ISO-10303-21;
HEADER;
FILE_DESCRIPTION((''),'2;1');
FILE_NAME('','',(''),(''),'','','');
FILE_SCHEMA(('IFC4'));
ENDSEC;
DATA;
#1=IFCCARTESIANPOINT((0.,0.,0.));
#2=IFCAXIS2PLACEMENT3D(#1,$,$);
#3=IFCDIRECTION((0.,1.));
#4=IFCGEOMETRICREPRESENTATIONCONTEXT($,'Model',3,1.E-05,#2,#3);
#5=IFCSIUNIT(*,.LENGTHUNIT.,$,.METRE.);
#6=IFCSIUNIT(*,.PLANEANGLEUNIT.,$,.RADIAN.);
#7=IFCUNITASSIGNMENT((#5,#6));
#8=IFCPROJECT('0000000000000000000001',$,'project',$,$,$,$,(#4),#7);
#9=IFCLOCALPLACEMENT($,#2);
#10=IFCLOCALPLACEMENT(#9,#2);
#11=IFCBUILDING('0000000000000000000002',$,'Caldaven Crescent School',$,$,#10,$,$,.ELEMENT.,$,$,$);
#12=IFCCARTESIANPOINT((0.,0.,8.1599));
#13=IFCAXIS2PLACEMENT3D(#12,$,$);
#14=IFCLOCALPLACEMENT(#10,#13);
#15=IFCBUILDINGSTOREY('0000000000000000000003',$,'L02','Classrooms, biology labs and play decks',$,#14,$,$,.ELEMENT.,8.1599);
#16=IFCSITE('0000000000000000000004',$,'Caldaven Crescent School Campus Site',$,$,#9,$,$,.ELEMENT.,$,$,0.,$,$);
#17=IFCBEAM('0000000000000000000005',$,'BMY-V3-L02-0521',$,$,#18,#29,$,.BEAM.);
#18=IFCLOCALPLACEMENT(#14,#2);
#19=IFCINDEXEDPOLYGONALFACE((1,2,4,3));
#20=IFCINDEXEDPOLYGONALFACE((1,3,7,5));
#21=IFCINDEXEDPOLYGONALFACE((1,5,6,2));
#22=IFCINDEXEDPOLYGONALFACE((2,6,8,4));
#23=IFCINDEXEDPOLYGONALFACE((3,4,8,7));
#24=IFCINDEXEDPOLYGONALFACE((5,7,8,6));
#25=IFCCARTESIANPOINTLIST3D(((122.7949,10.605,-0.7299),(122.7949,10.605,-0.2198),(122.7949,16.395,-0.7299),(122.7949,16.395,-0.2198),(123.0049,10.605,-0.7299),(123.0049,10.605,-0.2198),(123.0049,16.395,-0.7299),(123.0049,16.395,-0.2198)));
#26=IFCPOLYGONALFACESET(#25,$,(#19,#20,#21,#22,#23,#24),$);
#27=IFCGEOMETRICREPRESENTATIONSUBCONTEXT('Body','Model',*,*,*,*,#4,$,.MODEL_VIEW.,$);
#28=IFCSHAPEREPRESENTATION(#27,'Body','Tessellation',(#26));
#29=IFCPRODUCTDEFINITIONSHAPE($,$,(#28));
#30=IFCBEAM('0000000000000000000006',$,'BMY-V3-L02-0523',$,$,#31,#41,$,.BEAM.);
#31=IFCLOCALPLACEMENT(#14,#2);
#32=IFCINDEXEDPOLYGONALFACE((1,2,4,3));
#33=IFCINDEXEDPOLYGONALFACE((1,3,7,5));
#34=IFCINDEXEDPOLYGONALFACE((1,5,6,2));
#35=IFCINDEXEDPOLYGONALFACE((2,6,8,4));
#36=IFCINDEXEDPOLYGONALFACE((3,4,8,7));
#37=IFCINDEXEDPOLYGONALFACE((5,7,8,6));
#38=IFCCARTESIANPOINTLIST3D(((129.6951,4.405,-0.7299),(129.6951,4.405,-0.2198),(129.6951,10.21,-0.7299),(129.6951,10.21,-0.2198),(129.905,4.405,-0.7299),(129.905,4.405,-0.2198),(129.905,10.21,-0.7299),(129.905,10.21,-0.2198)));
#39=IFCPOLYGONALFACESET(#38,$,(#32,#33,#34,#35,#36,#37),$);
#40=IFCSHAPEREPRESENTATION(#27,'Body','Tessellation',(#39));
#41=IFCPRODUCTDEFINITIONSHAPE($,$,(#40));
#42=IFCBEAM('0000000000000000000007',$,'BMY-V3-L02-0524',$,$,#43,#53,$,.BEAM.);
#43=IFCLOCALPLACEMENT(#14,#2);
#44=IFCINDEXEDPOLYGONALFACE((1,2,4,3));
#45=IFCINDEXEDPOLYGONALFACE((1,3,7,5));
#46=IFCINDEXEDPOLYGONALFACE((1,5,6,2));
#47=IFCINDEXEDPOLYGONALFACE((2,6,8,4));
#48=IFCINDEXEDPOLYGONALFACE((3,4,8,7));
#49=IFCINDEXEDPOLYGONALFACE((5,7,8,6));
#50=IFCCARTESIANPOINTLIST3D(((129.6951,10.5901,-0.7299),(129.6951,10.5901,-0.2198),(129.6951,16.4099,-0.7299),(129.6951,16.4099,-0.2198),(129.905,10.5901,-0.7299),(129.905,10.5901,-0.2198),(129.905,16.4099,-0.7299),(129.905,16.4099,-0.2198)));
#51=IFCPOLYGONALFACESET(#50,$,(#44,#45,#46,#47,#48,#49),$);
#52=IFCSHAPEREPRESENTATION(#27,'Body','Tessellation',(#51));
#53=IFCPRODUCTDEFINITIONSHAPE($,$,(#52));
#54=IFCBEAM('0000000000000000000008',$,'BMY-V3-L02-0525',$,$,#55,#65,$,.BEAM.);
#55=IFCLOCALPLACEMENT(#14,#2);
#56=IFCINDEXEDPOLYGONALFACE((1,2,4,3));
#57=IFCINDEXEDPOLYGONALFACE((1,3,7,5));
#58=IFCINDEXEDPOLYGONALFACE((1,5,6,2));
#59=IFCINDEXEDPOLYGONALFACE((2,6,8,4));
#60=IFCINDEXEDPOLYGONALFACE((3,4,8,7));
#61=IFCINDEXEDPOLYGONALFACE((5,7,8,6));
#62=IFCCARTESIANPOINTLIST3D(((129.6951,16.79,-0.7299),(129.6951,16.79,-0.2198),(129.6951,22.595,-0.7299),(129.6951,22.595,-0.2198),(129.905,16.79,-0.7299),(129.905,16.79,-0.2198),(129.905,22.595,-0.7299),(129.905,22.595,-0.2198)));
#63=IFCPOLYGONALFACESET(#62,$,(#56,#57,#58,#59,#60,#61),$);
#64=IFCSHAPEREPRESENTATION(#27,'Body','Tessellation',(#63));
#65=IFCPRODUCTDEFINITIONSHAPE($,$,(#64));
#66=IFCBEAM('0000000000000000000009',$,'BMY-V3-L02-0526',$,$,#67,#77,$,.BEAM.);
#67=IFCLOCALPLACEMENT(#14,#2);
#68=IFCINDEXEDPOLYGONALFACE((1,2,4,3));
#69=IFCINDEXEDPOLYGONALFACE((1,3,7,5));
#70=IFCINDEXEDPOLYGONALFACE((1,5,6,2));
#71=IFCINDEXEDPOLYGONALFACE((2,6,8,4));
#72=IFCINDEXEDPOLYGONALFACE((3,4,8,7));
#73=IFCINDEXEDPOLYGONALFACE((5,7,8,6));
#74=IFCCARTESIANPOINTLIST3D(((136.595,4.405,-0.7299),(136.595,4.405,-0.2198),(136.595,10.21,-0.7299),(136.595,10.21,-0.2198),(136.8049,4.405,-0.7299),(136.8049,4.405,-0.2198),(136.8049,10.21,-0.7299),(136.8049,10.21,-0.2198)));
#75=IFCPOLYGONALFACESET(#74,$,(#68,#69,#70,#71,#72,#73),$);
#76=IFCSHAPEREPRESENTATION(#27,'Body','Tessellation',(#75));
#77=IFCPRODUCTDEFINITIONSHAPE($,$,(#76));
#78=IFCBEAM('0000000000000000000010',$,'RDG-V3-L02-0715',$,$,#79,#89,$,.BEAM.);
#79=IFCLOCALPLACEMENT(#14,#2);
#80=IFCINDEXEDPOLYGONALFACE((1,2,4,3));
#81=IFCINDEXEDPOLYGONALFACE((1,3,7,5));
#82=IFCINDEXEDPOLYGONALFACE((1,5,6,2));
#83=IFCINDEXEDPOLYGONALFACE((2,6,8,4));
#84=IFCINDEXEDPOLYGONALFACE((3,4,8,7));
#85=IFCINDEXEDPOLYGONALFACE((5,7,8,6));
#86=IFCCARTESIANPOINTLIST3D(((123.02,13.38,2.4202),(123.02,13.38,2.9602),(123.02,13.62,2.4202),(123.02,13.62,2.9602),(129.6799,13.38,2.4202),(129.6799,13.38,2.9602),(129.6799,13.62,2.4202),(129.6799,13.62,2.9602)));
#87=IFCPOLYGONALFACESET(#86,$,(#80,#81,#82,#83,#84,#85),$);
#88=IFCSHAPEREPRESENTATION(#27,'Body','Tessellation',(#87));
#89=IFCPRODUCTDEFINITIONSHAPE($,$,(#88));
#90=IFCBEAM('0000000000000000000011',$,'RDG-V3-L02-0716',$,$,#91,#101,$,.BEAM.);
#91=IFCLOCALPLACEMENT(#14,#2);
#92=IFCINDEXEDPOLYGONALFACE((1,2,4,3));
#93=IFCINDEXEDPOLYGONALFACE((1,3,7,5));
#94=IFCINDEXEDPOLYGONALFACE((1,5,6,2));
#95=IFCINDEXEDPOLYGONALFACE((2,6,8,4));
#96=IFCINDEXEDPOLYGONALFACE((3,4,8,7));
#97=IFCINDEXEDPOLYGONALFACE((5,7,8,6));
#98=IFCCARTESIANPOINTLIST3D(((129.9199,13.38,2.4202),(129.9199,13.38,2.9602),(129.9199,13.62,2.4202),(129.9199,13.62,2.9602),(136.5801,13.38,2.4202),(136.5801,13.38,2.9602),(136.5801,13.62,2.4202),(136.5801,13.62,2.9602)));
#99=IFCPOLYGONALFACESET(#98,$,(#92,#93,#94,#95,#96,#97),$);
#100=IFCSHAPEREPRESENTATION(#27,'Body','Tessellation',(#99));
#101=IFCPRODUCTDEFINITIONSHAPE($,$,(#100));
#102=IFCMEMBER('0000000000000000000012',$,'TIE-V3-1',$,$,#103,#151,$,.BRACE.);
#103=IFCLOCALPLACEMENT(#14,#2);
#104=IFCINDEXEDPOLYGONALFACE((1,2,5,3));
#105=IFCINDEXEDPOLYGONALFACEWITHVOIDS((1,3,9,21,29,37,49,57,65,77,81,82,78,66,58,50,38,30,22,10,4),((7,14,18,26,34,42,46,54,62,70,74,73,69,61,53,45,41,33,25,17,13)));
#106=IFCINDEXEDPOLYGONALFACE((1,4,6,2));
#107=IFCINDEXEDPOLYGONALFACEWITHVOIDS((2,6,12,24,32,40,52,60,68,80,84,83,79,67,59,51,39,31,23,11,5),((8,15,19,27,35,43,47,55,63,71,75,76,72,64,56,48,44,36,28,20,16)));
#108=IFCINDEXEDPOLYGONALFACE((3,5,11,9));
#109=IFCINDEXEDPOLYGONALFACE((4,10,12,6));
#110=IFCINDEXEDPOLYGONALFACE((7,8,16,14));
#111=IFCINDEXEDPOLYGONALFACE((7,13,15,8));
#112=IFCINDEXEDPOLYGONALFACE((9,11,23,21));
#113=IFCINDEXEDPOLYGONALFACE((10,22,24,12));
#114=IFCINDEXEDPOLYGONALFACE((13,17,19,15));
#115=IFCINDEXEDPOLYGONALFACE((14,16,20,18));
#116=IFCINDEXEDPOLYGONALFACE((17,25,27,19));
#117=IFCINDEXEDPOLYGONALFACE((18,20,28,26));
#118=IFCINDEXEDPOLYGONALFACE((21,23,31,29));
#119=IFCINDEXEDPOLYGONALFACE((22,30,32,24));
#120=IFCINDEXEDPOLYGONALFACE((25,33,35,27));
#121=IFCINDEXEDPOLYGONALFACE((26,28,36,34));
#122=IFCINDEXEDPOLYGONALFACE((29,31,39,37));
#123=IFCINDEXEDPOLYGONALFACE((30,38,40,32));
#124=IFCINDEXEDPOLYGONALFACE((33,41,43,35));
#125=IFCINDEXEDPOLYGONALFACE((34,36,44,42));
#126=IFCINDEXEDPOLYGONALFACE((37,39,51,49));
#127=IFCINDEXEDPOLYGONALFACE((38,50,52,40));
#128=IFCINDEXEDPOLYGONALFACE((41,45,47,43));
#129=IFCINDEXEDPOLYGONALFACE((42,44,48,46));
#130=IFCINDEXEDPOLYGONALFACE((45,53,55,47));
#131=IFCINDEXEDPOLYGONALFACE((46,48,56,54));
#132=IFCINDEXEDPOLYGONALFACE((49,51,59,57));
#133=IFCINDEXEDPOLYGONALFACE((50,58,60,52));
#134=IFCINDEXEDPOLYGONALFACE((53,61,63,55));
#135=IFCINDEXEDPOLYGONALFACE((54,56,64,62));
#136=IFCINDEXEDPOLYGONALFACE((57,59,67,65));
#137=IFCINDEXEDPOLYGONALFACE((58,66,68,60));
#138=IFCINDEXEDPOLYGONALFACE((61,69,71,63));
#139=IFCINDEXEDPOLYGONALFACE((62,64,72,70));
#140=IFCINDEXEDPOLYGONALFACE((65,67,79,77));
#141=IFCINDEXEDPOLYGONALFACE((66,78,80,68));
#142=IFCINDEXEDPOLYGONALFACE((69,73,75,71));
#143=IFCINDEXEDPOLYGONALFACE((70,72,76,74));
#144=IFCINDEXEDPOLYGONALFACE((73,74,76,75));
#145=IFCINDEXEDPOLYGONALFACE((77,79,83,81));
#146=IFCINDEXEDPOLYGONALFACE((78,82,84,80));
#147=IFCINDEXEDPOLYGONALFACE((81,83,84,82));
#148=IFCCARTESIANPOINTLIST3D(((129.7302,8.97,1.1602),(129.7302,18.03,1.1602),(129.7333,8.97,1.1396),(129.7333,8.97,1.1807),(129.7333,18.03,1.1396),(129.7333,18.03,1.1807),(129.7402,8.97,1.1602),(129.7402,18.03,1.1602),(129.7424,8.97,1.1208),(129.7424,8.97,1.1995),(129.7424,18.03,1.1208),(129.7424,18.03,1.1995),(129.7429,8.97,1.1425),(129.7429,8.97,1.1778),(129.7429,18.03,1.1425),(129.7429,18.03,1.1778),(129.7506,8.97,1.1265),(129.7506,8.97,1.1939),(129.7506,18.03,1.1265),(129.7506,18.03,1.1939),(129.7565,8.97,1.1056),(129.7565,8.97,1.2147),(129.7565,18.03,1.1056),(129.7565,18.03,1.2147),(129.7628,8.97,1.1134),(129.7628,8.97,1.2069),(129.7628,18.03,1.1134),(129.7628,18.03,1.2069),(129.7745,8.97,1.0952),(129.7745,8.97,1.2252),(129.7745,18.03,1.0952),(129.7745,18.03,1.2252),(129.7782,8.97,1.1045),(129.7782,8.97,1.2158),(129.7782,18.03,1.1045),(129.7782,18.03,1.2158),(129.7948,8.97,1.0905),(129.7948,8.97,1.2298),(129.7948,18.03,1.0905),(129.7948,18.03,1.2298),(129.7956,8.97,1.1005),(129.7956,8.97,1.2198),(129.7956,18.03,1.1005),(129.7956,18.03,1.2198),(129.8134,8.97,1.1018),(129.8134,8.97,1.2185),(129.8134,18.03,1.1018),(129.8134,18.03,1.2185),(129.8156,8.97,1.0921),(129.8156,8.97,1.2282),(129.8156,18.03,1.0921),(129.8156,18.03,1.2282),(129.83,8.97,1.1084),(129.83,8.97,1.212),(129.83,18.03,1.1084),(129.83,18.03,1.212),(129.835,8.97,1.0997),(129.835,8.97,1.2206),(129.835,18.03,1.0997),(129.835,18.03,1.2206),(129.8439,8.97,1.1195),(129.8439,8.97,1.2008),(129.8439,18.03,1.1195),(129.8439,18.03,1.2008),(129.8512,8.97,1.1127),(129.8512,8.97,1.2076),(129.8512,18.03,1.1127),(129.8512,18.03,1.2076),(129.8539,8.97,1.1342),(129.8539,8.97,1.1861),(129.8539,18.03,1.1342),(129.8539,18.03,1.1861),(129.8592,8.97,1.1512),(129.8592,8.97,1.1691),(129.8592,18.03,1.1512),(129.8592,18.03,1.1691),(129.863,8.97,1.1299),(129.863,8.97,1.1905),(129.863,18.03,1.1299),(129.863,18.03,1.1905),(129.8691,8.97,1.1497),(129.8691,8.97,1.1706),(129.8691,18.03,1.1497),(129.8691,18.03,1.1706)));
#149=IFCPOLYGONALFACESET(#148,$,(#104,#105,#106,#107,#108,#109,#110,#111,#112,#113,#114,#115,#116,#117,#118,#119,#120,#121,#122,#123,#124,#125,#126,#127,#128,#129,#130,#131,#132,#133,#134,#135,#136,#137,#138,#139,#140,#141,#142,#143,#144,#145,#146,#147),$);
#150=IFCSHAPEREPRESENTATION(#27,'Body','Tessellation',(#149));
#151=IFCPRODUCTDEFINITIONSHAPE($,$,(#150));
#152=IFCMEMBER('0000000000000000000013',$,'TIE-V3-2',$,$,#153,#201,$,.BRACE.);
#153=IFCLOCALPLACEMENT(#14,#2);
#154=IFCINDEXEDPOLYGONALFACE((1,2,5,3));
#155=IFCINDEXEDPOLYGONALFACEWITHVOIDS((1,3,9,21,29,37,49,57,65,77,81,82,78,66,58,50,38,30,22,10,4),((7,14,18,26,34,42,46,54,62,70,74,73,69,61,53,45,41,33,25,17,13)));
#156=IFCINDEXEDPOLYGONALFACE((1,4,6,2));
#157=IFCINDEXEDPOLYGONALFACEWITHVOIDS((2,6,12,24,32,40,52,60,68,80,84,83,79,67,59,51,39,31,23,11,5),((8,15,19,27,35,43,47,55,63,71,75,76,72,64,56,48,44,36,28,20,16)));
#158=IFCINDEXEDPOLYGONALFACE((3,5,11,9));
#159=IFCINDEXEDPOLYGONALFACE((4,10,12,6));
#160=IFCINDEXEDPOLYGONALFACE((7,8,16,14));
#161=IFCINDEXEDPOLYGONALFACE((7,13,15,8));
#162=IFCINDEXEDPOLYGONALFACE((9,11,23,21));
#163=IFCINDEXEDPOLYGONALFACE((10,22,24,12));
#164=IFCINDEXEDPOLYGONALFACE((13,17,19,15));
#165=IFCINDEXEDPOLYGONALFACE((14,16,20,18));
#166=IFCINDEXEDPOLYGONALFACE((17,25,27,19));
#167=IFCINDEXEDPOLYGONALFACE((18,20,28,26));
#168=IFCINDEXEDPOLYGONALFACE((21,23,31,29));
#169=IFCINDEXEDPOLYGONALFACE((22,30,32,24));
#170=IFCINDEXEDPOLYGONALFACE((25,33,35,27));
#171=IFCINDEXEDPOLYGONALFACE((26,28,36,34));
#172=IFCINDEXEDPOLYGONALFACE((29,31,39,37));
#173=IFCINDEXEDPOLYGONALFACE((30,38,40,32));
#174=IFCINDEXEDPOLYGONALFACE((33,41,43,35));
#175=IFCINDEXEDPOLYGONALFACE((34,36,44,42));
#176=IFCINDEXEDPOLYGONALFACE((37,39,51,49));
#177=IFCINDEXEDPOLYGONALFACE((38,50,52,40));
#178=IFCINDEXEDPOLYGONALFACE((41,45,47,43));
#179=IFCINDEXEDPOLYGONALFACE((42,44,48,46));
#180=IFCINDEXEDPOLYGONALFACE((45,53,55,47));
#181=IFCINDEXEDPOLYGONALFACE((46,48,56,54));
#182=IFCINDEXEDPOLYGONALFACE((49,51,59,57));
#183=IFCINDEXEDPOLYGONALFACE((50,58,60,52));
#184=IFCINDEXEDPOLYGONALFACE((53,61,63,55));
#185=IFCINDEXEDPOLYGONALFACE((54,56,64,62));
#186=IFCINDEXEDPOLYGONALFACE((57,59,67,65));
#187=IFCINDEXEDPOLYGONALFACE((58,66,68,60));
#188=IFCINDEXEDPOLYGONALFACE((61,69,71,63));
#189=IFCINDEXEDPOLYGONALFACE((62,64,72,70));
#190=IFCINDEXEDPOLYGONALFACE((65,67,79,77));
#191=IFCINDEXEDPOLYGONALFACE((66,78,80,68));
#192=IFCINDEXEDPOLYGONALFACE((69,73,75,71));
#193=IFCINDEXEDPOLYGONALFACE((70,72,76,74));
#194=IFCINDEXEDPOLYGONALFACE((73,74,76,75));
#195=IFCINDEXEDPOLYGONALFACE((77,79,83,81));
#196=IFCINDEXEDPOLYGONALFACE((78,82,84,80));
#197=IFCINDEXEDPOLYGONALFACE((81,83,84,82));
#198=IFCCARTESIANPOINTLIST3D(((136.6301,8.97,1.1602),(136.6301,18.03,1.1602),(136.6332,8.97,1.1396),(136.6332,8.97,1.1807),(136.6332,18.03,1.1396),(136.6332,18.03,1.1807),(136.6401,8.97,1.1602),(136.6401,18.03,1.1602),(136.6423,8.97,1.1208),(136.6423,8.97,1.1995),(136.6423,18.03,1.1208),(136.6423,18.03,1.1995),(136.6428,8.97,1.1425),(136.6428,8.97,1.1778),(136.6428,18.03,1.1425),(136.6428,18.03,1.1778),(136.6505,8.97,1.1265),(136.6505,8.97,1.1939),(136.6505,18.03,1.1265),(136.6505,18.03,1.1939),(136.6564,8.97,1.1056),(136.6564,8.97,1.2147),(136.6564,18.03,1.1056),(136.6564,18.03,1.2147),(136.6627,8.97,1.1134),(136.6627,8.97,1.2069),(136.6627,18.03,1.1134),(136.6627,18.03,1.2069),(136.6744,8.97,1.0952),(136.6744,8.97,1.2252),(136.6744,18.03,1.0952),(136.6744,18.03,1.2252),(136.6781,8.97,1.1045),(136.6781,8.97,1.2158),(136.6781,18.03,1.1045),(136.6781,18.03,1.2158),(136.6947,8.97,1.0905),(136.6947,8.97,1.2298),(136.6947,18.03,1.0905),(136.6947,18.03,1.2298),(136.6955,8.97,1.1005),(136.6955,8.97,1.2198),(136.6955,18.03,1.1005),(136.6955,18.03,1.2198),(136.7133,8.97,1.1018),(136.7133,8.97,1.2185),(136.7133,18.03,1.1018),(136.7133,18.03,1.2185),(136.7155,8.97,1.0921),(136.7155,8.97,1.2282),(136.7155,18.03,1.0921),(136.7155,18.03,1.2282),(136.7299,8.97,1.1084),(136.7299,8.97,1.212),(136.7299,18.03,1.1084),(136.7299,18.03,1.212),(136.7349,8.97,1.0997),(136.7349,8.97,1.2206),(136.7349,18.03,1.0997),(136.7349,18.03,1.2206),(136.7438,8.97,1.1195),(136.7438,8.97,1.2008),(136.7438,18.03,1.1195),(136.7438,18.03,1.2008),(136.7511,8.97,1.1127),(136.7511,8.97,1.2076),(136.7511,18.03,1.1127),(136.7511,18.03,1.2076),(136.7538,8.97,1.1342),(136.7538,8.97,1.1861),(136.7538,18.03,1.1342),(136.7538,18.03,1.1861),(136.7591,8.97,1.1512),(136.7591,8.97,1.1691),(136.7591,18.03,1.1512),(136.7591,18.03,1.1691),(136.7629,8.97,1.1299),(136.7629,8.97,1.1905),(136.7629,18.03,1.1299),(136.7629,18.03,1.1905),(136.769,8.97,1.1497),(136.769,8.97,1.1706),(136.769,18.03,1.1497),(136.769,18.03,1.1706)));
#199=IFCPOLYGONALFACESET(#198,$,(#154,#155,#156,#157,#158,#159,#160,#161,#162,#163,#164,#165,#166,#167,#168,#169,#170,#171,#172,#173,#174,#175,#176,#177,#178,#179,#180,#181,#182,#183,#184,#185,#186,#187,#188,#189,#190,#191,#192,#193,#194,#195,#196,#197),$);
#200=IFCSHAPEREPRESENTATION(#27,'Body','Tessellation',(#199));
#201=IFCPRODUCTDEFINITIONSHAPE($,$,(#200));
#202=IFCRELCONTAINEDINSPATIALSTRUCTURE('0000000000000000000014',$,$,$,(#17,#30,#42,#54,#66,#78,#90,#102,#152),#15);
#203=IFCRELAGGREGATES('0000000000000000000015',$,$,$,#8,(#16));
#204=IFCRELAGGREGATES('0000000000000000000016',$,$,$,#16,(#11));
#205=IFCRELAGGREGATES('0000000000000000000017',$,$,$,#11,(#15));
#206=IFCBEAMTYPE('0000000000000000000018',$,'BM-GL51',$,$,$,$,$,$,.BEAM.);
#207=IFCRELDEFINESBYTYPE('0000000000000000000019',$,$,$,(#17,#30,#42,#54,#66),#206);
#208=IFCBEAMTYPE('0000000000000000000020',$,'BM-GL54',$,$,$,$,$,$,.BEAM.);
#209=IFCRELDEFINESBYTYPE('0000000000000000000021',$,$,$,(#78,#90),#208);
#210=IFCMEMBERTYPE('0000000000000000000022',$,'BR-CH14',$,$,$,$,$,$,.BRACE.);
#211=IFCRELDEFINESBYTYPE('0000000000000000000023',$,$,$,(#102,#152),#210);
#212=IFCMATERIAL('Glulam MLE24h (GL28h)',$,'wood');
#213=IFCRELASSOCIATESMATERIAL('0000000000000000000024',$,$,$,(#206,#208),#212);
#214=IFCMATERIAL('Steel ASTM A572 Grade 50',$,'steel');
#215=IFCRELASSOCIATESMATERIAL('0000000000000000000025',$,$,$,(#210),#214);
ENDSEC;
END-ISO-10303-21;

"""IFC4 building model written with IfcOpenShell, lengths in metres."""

from ifc_helpers import new_model, si_unit, direction, frame, origin, origin_2d, place, context, subcontext, project, spatial, rectangle, hollow_circle, extrude, material, material_profile, profile_set, type_object, element, save


model = new_model("IFC4")

# Units and contexts
model_context = context("Model", 3, precision=1e-05, world=origin(), true_north=direction((0.0, 1.0)))
body_context = subcontext(model_context, "Body", "Model", "MODEL_VIEW")
ifc_project = project(units=[si_unit("LENGTHUNIT", "METRE"), si_unit("PLANEANGLEUNIT", "RADIAN")], contexts=[model_context])

# Site, building, storey
site_placement = place(None, origin())
site = spatial("IfcSite", under=ifc_project, at=site_placement, Name="Caldaven Crescent School Campus Site", CompositionType="ELEMENT", RefElevation=0.0)
building_placement = place(site_placement, origin())
building = spatial("IfcBuilding", under=site, at=building_placement, Name="Caldaven Crescent School", CompositionType="ELEMENT")
storey_placement = place(building_placement, frame((0.0, 0.0, 8.1599)))
storey = spatial("IfcBuildingStorey", under=building, at=storey_placement, Name="L02", Description="Classrooms, biology labs and play decks", CompositionType="ELEMENT", Elevation=8.1599)

# Beams
ifc_material_1 = material(Name="Glulam MLE24h (GL28h)", Category="wood")
ifc_material_profile_1 = material_profile(ifc_material_1, rectangle(XDim=0.21, YDim=0.51, at=origin_2d()), Name="MLE 210x510")
ifc_profile_set_1 = profile_set([ifc_material_profile_1], Name="Glulam MLE24h (GL28h)")
beam_type_1 = type_object("IfcBeamType", Name="BM-GL51", PredefinedType="BEAM", material=ifc_profile_set_1)
beam_1_placement = place(storey_placement, frame((122.8999, 10.605, -0.4749), z_axis=(0.0, 1.0, 0.0), x_axis=(-1.0, 0.0, 0.0)))
element("IfcBeam", 1, at=beam_1_placement, inside=storey, type_object=beam_type_1, Name="BMY-V3-L02-0521", PredefinedType="BEAM", context=body_context, shape_type="SweptSolid", body=[
    extrude(rectangle(XDim=0.21, YDim=0.51, at=origin_2d()), origin(), (0.0, 0.0, 1.0), 5.79),
])
beam_2_placement = place(storey_placement, frame((129.8, 4.405, -0.4749), z_axis=(0.0, 1.0, 0.0), x_axis=(-1.0, 0.0, 0.0)))
element("IfcBeam", 2, at=beam_2_placement, inside=storey, type_object=beam_type_1, Name="BMY-V3-L02-0523", PredefinedType="BEAM", context=body_context, shape_type="SweptSolid", body=[
    extrude(rectangle(XDim=0.21, YDim=0.51, at=origin_2d()), origin(), (0.0, 0.0, 1.0), 5.8049),
])
beam_3_placement = place(storey_placement, frame((129.8, 10.5901, -0.4749), z_axis=(0.0, 1.0, 0.0), x_axis=(-1.0, 0.0, 0.0)))
element("IfcBeam", 3, at=beam_3_placement, inside=storey, type_object=beam_type_1, Name="BMY-V3-L02-0524", PredefinedType="BEAM", context=body_context, shape_type="SweptSolid", body=[
    extrude(rectangle(XDim=0.21, YDim=0.51, at=origin_2d()), origin(), (0.0, 0.0, 1.0), 5.8198),
])
for number, where, z_axis, x_axis, name in (
    (4, (129.8, 16.79, -0.4749), (0.0, 1.0, 0.0), (-1.0, 0.0, 0.0), "BMY-V3-L02-0525"),
    (5, (136.7, 4.405, -0.4749), (0.0, 1.0, 0.0), (-1.0, 0.0, 0.0), "BMY-V3-L02-0526"),
):
    element("IfcBeam", number, at=place(storey_placement, frame(where, z_axis=z_axis, x_axis=x_axis)), inside=storey, type_object=beam_type_1, Name=name, PredefinedType="BEAM", context=body_context, shape_type="SweptSolid", body=[
        extrude(rectangle(XDim=0.21, YDim=0.51, at=origin_2d()), origin(), (0.0, 0.0, 1.0), 5.8049),
    ])
ifc_material_profile_2 = material_profile(ifc_material_1, rectangle(XDim=0.24, YDim=0.54, at=origin_2d()), Name="MLE 240x540")
ifc_profile_set_2 = profile_set([ifc_material_profile_2], Name="Glulam MLE24h (GL28h)")
beam_type_2 = type_object("IfcBeamType", Name="BM-GL54", PredefinedType="BEAM", material=ifc_profile_set_2)
beam_4_placement = place(storey_placement, frame((123.02, 13.5, 2.6902), z_axis=(1.0, 0.0, 0.0), x_axis=(0.0, 1.0, 0.0)))
element("IfcBeam", 6, at=beam_4_placement, inside=storey, type_object=beam_type_2, Name="RDG-V3-L02-0715", PredefinedType="BEAM", context=body_context, shape_type="SweptSolid", body=[
    extrude(rectangle(XDim=0.24, YDim=0.54, at=origin_2d()), origin(), (0.0, 0.0, 1.0), 6.6599),
])
beam_5_placement = place(storey_placement, frame((129.9199, 13.5, 2.6902), z_axis=(1.0, 0.0, 0.0), x_axis=(0.0, 1.0, 0.0)))
element("IfcBeam", 7, at=beam_5_placement, inside=storey, type_object=beam_type_2, Name="RDG-V3-L02-0716", PredefinedType="BEAM", context=body_context, shape_type="SweptSolid", body=[
    extrude(rectangle(XDim=0.24, YDim=0.54, at=origin_2d()), origin(), (0.0, 0.0, 1.0), 6.6602),
])

# Members
ifc_material_2 = material(Name="Steel ASTM A572 Grade 50", Category="steel")
ifc_material_profile_3 = material_profile(ifc_material_2, hollow_circle(Radius=0.0698, WallThickness=0.01, at=origin_2d()), Name="CHS 139.7x10.0")
ifc_profile_set_3 = profile_set([ifc_material_profile_3], Name="Steel ASTM A572 Grade 50")
member_type_1 = type_object("IfcMemberType", Name="BR-CH14", PredefinedType="BRACE", material=ifc_profile_set_3)
for number, where, z_axis, x_axis, name in (
    (8, (129.8, 8.97, 1.1602), (0.0, 1.0, 0.0), (-1.0, 0.0, 0.0), "TIE-V3-1"),
    (9, (136.7, 8.97, 1.1602), (0.0, 1.0, 0.0), (-1.0, 0.0, 0.0), "TIE-V3-2"),
):
    element("IfcMember", number, at=place(storey_placement, frame(where, z_axis=z_axis, x_axis=x_axis)), inside=storey, type_object=member_type_1, Name=name, PredefinedType="BRACE", context=body_context, shape_type="SweptSolid", body=[
        extrude(hollow_circle(Radius=0.0698, WallThickness=0.01, at=origin_2d()), origin(), (0.0, 0.0, 1.0), 9.0601),
    ])

save(model, "model.ifc")
